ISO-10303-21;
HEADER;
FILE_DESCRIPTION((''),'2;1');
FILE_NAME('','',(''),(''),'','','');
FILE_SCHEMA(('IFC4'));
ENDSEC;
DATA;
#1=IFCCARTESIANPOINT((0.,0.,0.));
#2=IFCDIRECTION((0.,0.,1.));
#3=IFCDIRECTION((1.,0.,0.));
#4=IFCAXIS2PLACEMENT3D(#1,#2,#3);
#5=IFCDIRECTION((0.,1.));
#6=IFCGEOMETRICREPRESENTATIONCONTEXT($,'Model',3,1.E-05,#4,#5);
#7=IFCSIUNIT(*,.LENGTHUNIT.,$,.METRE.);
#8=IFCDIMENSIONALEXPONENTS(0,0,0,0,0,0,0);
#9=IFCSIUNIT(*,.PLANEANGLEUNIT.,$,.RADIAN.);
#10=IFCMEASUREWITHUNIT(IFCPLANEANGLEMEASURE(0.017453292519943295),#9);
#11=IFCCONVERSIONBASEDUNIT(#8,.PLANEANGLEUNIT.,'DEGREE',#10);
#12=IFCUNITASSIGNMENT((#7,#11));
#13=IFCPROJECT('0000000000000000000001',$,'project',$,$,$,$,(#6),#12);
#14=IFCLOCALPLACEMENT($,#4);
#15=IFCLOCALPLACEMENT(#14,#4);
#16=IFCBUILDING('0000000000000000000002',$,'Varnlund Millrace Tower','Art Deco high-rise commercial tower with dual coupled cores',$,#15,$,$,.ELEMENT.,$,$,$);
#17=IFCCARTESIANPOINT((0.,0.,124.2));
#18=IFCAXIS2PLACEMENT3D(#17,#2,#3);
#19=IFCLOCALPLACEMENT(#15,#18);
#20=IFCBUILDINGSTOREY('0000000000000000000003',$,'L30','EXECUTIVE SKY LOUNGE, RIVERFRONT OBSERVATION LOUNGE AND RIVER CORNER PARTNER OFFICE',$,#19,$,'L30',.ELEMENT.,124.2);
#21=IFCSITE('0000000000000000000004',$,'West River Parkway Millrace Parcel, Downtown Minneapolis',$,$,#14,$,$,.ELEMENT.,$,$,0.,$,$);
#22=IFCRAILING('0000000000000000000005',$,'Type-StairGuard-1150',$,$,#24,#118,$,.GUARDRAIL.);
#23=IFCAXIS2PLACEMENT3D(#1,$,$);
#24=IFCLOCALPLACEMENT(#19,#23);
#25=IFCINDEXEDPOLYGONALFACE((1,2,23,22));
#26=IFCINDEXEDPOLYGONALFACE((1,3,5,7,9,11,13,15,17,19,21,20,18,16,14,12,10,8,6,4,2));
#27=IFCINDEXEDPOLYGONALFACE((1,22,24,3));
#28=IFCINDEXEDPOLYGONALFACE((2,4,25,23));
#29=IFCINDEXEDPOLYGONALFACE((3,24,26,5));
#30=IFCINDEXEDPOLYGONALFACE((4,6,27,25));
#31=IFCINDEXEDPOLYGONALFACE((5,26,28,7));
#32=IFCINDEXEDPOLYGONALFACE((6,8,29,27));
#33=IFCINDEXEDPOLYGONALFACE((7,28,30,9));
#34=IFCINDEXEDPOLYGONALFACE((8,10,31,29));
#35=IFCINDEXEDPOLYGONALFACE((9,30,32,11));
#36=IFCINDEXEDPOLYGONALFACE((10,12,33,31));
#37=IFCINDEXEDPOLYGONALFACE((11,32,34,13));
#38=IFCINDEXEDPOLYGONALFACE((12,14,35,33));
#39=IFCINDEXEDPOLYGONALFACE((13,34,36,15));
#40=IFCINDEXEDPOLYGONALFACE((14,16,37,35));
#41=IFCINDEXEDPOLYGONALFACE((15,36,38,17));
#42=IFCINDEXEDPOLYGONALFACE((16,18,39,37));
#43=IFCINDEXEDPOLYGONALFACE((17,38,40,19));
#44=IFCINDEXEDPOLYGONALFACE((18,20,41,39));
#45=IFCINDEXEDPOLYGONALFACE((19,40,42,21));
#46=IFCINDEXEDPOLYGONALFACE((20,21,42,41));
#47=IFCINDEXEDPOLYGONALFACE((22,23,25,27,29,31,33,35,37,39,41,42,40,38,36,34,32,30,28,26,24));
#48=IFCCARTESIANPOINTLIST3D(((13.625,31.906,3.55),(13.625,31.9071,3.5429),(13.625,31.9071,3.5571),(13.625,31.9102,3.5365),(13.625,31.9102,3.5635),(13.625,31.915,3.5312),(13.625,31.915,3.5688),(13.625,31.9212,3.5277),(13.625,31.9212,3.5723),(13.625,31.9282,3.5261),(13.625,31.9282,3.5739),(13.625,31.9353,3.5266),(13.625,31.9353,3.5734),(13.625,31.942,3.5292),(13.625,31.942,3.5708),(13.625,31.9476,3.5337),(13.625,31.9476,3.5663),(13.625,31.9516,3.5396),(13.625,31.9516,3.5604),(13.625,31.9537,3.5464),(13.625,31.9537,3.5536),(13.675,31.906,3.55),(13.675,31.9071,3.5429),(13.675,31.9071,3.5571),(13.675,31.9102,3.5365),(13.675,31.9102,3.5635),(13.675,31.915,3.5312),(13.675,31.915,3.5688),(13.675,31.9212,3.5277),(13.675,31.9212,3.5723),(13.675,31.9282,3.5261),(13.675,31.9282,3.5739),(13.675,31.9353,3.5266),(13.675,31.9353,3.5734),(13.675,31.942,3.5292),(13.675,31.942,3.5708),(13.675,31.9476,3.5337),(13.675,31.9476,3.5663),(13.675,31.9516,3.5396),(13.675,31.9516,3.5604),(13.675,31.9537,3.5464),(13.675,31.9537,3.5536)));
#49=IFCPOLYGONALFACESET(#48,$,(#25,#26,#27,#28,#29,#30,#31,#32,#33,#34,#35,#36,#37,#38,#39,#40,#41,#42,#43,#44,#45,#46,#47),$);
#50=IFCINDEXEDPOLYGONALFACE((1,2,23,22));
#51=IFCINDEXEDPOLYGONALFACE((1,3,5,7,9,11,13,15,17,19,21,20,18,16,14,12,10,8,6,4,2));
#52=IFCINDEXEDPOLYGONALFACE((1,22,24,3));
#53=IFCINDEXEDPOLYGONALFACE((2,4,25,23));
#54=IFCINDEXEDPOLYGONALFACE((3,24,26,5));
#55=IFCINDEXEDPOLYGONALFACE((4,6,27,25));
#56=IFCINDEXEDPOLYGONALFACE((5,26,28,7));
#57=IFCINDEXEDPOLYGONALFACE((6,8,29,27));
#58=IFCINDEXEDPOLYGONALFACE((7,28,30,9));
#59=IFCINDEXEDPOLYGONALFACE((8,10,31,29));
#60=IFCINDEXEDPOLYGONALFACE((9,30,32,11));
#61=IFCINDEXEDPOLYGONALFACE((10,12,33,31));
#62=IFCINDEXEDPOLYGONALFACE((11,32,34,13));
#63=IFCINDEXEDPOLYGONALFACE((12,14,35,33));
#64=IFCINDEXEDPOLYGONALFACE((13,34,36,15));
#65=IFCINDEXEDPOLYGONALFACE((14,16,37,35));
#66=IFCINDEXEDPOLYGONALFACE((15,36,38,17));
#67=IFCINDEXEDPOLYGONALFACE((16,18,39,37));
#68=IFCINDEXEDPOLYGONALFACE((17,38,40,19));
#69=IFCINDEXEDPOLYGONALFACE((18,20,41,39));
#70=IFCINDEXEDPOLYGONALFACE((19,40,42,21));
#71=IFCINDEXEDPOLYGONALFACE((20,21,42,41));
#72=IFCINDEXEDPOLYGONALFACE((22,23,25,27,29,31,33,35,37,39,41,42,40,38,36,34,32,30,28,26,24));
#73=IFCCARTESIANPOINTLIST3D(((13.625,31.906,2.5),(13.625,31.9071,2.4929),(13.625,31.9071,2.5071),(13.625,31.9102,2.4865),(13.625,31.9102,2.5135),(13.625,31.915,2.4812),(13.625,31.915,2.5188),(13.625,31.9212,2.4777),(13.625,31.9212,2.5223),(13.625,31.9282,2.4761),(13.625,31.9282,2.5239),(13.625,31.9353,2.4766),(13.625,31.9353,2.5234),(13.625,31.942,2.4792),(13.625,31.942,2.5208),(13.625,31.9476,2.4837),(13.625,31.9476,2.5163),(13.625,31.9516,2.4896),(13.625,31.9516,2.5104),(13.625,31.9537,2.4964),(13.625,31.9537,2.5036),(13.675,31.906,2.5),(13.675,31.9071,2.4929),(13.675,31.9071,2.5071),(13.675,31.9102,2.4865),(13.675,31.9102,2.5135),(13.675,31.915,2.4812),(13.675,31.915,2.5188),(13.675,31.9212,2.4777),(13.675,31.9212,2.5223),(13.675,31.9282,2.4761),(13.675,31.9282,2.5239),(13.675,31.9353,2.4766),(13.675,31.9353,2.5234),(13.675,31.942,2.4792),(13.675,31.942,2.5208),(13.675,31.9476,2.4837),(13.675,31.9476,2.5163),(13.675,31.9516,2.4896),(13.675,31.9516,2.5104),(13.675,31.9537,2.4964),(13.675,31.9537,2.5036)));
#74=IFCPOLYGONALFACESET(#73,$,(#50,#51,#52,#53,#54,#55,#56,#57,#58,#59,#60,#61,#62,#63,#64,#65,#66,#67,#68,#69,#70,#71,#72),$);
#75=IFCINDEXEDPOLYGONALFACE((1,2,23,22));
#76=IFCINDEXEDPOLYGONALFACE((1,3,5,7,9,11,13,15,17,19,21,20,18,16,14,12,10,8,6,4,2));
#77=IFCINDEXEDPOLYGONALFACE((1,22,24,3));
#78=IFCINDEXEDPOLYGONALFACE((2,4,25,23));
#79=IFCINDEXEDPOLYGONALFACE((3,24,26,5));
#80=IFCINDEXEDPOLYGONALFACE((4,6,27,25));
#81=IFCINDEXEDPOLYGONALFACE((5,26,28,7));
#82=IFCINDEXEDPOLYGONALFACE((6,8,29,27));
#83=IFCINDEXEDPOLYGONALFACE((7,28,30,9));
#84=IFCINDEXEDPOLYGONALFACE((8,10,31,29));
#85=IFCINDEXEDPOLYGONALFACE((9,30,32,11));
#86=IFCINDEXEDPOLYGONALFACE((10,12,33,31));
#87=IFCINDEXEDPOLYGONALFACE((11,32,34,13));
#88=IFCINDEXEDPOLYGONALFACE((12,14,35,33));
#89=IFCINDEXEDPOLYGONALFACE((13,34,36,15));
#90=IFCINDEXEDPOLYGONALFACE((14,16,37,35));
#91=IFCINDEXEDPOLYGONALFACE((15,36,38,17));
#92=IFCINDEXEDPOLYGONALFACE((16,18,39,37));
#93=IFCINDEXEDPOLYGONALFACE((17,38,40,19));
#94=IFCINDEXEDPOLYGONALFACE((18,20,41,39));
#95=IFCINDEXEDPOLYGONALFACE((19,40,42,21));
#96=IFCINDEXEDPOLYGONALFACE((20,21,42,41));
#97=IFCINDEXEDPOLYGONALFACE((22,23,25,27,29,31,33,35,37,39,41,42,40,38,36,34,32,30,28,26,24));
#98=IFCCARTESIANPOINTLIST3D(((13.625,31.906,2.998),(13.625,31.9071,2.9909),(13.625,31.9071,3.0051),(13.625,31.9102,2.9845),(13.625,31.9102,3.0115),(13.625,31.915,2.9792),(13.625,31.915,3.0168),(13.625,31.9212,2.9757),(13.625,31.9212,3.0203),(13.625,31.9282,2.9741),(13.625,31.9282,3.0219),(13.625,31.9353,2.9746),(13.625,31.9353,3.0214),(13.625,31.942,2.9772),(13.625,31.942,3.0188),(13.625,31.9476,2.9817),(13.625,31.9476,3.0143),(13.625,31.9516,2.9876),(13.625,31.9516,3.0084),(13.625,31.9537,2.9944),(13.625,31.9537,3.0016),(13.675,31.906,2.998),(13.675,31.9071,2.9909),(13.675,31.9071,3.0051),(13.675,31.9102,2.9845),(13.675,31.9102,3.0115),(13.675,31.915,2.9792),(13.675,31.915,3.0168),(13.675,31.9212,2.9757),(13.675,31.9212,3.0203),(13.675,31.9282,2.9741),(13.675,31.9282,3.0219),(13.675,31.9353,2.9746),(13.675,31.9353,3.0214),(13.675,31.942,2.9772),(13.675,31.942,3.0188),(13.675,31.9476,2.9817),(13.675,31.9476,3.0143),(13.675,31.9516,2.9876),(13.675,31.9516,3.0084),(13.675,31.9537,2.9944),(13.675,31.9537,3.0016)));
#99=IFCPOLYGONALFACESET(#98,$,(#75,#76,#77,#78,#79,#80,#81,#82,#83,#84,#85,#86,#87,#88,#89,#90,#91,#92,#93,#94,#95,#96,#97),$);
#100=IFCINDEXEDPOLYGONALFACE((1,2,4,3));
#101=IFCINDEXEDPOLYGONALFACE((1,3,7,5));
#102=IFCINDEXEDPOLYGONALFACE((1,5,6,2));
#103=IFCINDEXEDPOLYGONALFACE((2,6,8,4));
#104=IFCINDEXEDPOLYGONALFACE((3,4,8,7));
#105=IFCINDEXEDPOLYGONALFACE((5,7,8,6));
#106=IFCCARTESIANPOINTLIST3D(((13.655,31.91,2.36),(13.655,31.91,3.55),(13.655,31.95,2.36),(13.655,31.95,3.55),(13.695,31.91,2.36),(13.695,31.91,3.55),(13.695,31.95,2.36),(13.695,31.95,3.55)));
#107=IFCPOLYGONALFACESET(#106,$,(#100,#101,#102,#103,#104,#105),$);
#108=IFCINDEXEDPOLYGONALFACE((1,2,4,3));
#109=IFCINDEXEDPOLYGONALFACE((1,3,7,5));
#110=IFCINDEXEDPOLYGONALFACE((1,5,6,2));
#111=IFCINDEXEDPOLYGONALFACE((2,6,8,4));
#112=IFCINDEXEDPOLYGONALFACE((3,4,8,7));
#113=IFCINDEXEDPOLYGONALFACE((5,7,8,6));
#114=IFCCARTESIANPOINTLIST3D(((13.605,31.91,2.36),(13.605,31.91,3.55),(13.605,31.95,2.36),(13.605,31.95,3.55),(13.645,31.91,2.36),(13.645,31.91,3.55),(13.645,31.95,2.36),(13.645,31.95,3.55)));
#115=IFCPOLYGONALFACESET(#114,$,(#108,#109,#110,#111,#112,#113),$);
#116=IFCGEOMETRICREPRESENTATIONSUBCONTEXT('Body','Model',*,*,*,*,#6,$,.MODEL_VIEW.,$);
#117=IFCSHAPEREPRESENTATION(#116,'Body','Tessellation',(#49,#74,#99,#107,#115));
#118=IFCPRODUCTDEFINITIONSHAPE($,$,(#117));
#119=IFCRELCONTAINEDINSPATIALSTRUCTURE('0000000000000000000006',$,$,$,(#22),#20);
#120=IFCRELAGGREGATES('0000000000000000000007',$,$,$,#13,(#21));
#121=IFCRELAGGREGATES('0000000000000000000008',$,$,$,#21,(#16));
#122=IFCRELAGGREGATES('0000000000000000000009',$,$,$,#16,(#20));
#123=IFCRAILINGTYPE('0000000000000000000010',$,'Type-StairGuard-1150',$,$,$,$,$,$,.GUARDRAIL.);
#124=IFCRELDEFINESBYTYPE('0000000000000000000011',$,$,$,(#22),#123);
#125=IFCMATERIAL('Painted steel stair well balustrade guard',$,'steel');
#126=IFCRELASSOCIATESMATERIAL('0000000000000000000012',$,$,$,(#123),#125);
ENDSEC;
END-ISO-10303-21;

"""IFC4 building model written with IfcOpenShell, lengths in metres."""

from ifc_helpers import new_model, entity, si_unit, converted_unit, direction, frame, origin_with_axes, origin_2d_with_axis, place, context, subcontext, project, spatial, rectangle, circle, extrude, material, type_object, element, save


model = new_model("IFC4")

# Units and contexts
model_context = context("Model", 3, precision=1e-05, world=origin_with_axes(), true_north=direction((0.0, 1.0)))
body_context = subcontext(model_context, "Body", "Model", "MODEL_VIEW")
ifc_project = project(units=[si_unit("LENGTHUNIT", "METRE"), converted_unit("PLANEANGLEUNIT", "DEGREE", entity("IfcPlaneAngleMeasure", 0.017453292519943295), si_unit("PLANEANGLEUNIT", "RADIAN"), dimensions=[0, 0, 0, 0, 0, 0, 0])], contexts=[model_context])

# Site, building, storey
site_placement = place(None, origin_with_axes())
site = spatial("IfcSite", under=ifc_project, at=site_placement, Name="West River Parkway Millrace Parcel, Downtown Minneapolis", CompositionType="ELEMENT", RefElevation=0.0)
building_placement = place(site_placement, origin_with_axes())
building = spatial("IfcBuilding", under=site, at=building_placement, Name="Varnlund Millrace Tower", Description="Art Deco high-rise commercial tower with dual coupled cores", CompositionType="ELEMENT")
storey_placement = place(building_placement, frame((0.0, 0.0, 124.2), z_axis=(0.0, 0.0, 1.0), x_axis=(1.0, 0.0, 0.0)))
storey = spatial("IfcBuildingStorey", under=building, at=storey_placement, Name="L30", Description="EXECUTIVE SKY LOUNGE, RIVERFRONT OBSERVATION LOUNGE AND RIVER CORNER PARTNER OFFICE", LongName="L30", CompositionType="ELEMENT", Elevation=124.2)

# Railing
ifc_material_1 = material(Name="Painted steel stair well balustrade guard", Category="steel")
railing_type_1 = type_object("IfcRailingType", Name="Type-StairGuard-1150", PredefinedType="GUARDRAIL", material=ifc_material_1)
railing_1_placement = place(storey_placement, frame((0.0, 0.0, -124.2), z_axis=(0.0, 0.0, 1.0), x_axis=(1.0, 0.0, 0.0)))
element("IfcRailing", 1, at=railing_1_placement, inside=storey, type_object=railing_type_1, Name="Type-StairGuard-1150", PredefinedType="GUARDRAIL", context=body_context, shape_type="SweptSolid", body=[
    extrude(circle(Radius=0.024, at=origin_2d_with_axis()), frame((13.675, 31.93, 127.75), z_axis=(-1.0, 0.0, 0.0), x_axis=(0.0, -1.0, 0.0)), (0.0, 0.0, 1.0), 0.05),
    extrude(circle(Radius=0.024, at=origin_2d_with_axis()), frame((13.675, 31.93, 126.7), z_axis=(-1.0, 0.0, 0.0), x_axis=(0.0, -1.0, 0.0)), (0.0, 0.0, 1.0), 0.05),
    extrude(circle(Radius=0.024, at=origin_2d_with_axis()), frame((13.675, 31.93, 127.198), z_axis=(-1.0, 0.0, 0.0), x_axis=(0.0, -1.0, 0.0)), (0.0, 0.0, 1.0), 0.05),
    extrude(rectangle(XDim=0.04, YDim=0.04, at=origin_2d_with_axis()), frame((13.675, 31.93, 126.56), z_axis=(0.0, 0.0, 1.0), x_axis=(1.0, 0.0, 0.0)), (0.0, 0.0, 1.0), 1.19),
    extrude(rectangle(XDim=0.04, YDim=0.04, at=origin_2d_with_axis()), frame((13.625, 31.93, 126.56), z_axis=(0.0, 0.0, 1.0), x_axis=(1.0, 0.0, 0.0)), (0.0, 0.0, 1.0), 1.19),
])

save(model, "model.ifc")
